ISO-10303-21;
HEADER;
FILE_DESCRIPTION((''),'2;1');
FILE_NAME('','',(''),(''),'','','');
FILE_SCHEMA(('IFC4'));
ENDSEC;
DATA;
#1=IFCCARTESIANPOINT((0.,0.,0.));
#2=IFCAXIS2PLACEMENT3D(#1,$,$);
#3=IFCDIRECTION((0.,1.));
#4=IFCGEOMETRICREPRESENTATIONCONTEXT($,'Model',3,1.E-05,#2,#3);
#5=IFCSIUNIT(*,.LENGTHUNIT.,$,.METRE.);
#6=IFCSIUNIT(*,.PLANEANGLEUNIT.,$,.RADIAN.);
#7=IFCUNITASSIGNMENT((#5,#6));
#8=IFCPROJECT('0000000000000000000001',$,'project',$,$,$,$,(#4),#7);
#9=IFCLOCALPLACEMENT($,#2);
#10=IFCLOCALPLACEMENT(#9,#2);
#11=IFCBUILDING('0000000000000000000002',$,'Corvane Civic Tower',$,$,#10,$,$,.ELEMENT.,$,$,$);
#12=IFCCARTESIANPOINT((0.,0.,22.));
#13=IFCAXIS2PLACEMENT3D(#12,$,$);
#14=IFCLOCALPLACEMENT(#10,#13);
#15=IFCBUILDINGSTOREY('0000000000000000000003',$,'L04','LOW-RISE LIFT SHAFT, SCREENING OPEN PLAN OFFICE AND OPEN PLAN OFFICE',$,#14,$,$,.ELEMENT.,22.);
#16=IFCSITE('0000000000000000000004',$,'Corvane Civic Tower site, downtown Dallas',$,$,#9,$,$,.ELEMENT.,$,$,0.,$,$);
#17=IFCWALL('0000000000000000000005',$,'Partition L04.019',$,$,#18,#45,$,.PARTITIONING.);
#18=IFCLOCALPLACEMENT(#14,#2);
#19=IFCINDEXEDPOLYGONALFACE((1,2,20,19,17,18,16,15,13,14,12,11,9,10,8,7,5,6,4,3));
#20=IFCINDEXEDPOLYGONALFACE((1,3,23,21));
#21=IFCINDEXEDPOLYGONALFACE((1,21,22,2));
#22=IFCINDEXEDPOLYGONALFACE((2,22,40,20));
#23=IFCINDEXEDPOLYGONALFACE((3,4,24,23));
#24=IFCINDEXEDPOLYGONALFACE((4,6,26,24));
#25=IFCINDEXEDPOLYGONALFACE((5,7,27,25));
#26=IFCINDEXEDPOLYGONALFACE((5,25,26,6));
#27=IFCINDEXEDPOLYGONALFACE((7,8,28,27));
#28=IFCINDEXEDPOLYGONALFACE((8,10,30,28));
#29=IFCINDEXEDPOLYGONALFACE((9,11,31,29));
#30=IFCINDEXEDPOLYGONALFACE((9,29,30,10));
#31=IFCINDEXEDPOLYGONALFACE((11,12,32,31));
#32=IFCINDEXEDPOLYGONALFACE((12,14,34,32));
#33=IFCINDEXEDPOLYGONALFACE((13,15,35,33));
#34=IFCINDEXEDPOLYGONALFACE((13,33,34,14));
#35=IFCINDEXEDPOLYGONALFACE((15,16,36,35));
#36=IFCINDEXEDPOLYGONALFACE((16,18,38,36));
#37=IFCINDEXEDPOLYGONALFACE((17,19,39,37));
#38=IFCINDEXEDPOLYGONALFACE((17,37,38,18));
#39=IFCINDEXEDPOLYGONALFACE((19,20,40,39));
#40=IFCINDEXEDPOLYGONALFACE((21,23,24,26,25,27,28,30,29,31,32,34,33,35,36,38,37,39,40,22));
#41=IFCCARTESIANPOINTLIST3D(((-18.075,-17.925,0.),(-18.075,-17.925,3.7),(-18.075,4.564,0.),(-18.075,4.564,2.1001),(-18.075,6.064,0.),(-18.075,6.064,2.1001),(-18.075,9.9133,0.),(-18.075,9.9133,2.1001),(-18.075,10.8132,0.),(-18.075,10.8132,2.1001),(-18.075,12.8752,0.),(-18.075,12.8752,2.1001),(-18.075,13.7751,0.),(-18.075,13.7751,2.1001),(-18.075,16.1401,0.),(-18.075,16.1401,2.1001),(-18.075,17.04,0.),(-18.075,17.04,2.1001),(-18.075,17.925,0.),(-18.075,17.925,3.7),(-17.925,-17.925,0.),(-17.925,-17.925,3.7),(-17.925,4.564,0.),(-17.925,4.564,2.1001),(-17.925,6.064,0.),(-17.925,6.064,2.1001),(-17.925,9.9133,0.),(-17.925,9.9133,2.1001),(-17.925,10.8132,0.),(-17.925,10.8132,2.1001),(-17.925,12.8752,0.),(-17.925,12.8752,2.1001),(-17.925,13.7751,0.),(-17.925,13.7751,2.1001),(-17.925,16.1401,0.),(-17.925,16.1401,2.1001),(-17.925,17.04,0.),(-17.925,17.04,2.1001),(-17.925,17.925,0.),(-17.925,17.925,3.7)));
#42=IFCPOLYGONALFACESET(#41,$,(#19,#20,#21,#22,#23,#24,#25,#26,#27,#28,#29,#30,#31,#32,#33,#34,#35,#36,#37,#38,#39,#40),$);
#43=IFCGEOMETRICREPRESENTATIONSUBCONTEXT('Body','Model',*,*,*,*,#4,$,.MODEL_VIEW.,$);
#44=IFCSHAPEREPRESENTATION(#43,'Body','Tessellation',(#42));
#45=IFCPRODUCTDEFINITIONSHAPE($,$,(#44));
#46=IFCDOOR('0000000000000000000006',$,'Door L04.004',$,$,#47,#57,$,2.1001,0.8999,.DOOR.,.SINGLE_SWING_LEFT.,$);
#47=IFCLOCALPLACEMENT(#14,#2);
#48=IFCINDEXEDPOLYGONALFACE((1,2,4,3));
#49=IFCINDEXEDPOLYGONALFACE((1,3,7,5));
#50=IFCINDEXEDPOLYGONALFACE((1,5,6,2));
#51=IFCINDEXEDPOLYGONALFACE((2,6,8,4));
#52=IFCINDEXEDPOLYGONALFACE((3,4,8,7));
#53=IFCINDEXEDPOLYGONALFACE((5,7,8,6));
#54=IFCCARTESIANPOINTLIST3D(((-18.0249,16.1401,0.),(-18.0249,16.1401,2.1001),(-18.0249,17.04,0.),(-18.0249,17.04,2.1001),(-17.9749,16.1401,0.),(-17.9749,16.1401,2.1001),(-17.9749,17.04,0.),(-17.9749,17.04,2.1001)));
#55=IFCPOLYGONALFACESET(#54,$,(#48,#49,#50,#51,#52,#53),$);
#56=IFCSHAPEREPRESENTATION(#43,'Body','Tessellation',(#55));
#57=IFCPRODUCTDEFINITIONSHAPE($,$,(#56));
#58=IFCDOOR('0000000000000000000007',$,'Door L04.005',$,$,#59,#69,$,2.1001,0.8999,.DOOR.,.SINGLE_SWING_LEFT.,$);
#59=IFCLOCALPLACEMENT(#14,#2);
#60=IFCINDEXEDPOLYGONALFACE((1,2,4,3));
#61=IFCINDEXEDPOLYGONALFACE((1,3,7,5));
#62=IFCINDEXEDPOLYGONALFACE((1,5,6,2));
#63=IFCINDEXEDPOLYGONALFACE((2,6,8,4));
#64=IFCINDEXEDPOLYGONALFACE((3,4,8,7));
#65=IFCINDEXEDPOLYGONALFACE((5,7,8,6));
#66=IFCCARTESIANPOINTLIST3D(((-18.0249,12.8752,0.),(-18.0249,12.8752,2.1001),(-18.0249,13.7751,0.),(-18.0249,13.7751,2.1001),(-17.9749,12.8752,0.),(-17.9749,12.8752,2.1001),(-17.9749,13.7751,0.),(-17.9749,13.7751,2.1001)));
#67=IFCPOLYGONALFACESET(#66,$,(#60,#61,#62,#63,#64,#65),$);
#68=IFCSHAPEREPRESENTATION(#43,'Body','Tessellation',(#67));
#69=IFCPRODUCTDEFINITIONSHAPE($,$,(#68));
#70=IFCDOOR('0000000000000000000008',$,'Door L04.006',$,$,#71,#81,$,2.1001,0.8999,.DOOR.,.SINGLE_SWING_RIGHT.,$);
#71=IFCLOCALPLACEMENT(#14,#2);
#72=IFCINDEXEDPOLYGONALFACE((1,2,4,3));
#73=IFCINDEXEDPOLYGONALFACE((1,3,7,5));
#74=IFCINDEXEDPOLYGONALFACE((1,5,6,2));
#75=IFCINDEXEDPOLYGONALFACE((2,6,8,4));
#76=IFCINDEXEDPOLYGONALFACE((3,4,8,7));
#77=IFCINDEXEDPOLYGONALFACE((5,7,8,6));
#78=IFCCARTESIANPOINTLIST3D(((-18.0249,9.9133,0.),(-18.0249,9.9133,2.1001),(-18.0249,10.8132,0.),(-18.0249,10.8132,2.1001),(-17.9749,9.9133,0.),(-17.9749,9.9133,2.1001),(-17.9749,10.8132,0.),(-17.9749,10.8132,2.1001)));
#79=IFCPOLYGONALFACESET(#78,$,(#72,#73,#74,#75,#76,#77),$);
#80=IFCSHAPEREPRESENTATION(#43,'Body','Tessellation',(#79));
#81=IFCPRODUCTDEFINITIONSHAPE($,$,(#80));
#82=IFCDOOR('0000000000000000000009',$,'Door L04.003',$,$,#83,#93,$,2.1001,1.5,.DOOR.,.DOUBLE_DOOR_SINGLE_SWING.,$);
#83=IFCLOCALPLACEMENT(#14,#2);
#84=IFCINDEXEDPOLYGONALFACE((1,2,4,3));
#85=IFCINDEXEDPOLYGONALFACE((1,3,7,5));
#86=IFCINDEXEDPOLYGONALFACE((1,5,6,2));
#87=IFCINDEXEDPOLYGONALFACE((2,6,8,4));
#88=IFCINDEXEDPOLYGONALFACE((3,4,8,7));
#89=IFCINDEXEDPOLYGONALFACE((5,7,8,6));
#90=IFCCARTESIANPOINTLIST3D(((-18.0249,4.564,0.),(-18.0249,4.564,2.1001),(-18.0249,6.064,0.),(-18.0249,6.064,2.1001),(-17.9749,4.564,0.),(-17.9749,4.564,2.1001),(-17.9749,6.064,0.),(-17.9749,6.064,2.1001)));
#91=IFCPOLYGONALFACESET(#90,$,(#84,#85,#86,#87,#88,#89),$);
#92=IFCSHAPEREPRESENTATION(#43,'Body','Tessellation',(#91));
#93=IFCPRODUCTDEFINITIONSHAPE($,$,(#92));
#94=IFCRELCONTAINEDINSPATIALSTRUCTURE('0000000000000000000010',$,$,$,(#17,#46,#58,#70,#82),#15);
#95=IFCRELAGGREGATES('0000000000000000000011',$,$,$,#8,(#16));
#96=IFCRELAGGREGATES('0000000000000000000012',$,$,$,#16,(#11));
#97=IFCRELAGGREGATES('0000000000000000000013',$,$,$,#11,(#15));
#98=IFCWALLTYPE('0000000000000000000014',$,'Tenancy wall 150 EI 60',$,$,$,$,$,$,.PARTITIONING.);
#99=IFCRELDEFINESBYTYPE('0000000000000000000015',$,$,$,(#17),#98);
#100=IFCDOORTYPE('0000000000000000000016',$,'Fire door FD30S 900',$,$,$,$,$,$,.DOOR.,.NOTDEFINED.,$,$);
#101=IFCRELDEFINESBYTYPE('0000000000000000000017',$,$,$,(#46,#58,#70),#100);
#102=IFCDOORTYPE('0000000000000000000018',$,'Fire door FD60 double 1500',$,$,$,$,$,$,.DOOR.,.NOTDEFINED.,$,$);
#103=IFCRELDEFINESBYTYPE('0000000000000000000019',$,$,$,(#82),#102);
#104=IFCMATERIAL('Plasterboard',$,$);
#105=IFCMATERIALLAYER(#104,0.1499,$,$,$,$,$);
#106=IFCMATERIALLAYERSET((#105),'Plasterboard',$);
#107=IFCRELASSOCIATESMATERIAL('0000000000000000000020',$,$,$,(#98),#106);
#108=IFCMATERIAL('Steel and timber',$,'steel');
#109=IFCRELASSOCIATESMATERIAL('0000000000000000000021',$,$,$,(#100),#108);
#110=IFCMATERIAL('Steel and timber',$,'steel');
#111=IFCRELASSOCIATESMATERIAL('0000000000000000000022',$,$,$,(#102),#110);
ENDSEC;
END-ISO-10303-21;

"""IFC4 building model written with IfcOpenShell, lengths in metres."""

from ifc_helpers import new_model, si_unit, direction, frame, frame_2d, origin, place, context, subcontext, project, spatial, rectangle, extrude, material, layer, layer_set, type_object, element, fill, save


model = new_model("IFC4")

# Units and contexts
model_context = context("Model", 3, precision=1e-05, world=origin(), true_north=direction((0.0, 1.0)))
body_context = subcontext(model_context, "Body", "Model", "MODEL_VIEW")
ifc_project = project(units=[si_unit("LENGTHUNIT", "METRE"), si_unit("PLANEANGLEUNIT", "RADIAN")], contexts=[model_context])

# Site, building, storey
site_placement = place(None, origin())
site = spatial("IfcSite", under=ifc_project, at=site_placement, Name="Corvane Civic Tower site, downtown Dallas", CompositionType="ELEMENT", RefElevation=0.0)
building_placement = place(site_placement, origin())
building = spatial("IfcBuilding", under=site, at=building_placement, Name="Corvane Civic Tower", CompositionType="ELEMENT")
storey_placement = place(building_placement, frame((0.0, 0.0, 22.0)))
storey = spatial("IfcBuildingStorey", under=building, at=storey_placement, Name="L04", Description="LOW-RISE LIFT SHAFT, SCREENING OPEN PLAN OFFICE AND OPEN PLAN OFFICE", CompositionType="ELEMENT", Elevation=22.0)

# Wall, openings, doors
ifc_material_1 = material(Name="Plasterboard")
ifc_layer_1 = layer(ifc_material_1, 0.1499)
ifc_layer_set_1 = layer_set([ifc_layer_1], Name="Plasterboard")
wall_type_1 = type_object("IfcWallType", Name="Tenancy wall 150 EI 60", PredefinedType="PARTITIONING", material=ifc_layer_set_1)
ifc_material_2 = material(Name="Steel and timber", Category="steel")
door_type_1 = type_object("IfcDoorType", Name="Fire door FD30S 900", OperationType="NOTDEFINED", PredefinedType="DOOR", material=ifc_material_2)
ifc_material_3 = material(Name="Steel and timber", Category="steel")
door_type_2 = type_object("IfcDoorType", Name="Fire door FD60 double 1500", OperationType="NOTDEFINED", PredefinedType="DOOR", material=ifc_material_3)
wall_1_placement = place(storey_placement, frame((-18.0, -17.925, 0.0), z_axis=(0.0, 0.0, 1.0), x_axis=(0.0, 1.0, 0.0)))
wall_1 = element("IfcWall", 1, at=wall_1_placement, inside=storey, type_object=wall_type_1, Name="Partition L04.019", PredefinedType="PARTITIONING", context=body_context, shape_type="SweptSolid", body=[
    extrude(rectangle(XDim=35.8501, YDim=0.1499, at=frame_2d((17.925, 0.0))), origin(), (0.0, 0.0, 1.0), 3.7),
])
opening_1_placement = place(wall_1_placement, frame((22.489, 0.0, 0.0)))
opening_1 = element("IfcOpeningElement", 2, at=opening_1_placement, cuts=wall_1, PredefinedType="OPENING", context=body_context, shape_type="SweptSolid", body=[
    extrude(rectangle(XDim=1.5, YDim=2.1001, at=frame_2d((0.75, 1.05))), frame((0.0, 0.085, 0.0), z_axis=(0.0, -1.0, 0.0), x_axis=(1.0, 0.0, 0.0)), (0.0, 0.0, 1.0), 0.1699),
])
opening_2_placement = place(wall_1_placement, frame((34.0652, 0.0, 0.0)))
opening_2 = element("IfcOpeningElement", 3, at=opening_2_placement, cuts=wall_1, PredefinedType="OPENING", context=body_context, shape_type="SweptSolid", body=[
    extrude(rectangle(XDim=0.8999, YDim=2.1001, at=frame_2d((0.45, 1.05))), frame((0.0, 0.085, 0.0), z_axis=(0.0, -1.0, 0.0), x_axis=(1.0, 0.0, 0.0)), (0.0, 0.0, 1.0), 0.1699),
])
opening_3_placement = place(wall_1_placement, frame((30.8003, 0.0, 0.0)))
opening_3 = element("IfcOpeningElement", 4, at=opening_3_placement, cuts=wall_1, PredefinedType="OPENING", context=body_context, shape_type="SweptSolid", body=[
    extrude(rectangle(XDim=0.8999, YDim=2.1001, at=frame_2d((0.45, 1.05))), frame((0.0, 0.085, 0.0), z_axis=(0.0, -1.0, 0.0), x_axis=(1.0, 0.0, 0.0)), (0.0, 0.0, 1.0), 0.1699),
])
opening_4_placement = place(wall_1_placement, frame((27.8384, 0.0, 0.0)))
opening_4 = element("IfcOpeningElement", 5, at=opening_4_placement, cuts=wall_1, PredefinedType="OPENING", context=body_context, shape_type="SweptSolid", body=[
    extrude(rectangle(XDim=0.8999, YDim=2.1001, at=frame_2d((0.45, 1.05))), frame((0.0, 0.085, 0.0), z_axis=(0.0, -1.0, 0.0), x_axis=(1.0, 0.0, 0.0)), (0.0, 0.0, 1.0), 0.1699),
])
door_1_placement = place(opening_2_placement, origin())
door_1 = element("IfcDoor", 6, at=door_1_placement, inside=storey, type_object=door_type_1, Name="Door L04.004", OperationType="SINGLE_SWING_LEFT", OverallHeight=2.1001, OverallWidth=0.8999, PredefinedType="DOOR", context=body_context, shape_type="SweptSolid", body=[
    extrude(rectangle(XDim=0.8999, YDim=2.1001, at=frame_2d((0.45, 1.05))), frame((0.0, 0.0249, 0.0), z_axis=(0.0, -1.0, 0.0), x_axis=(1.0, 0.0, 0.0)), (0.0, 0.0, 1.0), 0.05),
])
fill(opening_2, door_1)
door_2_placement = place(opening_3_placement, origin())
door_2 = element("IfcDoor", 7, at=door_2_placement, inside=storey, type_object=door_type_1, Name="Door L04.005", OperationType="SINGLE_SWING_LEFT", OverallHeight=2.1001, OverallWidth=0.8999, PredefinedType="DOOR", context=body_context, shape_type="SweptSolid", body=[
    extrude(rectangle(XDim=0.8999, YDim=2.1001, at=frame_2d((0.45, 1.05))), frame((0.0, 0.0249, 0.0), z_axis=(0.0, -1.0, 0.0), x_axis=(1.0, 0.0, 0.0)), (0.0, 0.0, 1.0), 0.05),
])
fill(opening_3, door_2)
door_3_placement = place(opening_4_placement, origin())
door_3 = element("IfcDoor", 8, at=door_3_placement, inside=storey, type_object=door_type_1, Name="Door L04.006", OperationType="SINGLE_SWING_RIGHT", OverallHeight=2.1001, OverallWidth=0.8999, PredefinedType="DOOR", context=body_context, shape_type="SweptSolid", body=[
    extrude(rectangle(XDim=0.8999, YDim=2.1001, at=frame_2d((0.45, 1.05))), frame((0.0, 0.0249, 0.0), z_axis=(0.0, -1.0, 0.0), x_axis=(1.0, 0.0, 0.0)), (0.0, 0.0, 1.0), 0.05),
])
fill(opening_4, door_3)
door_4_placement = place(opening_1_placement, origin())
door_4 = element("IfcDoor", 9, at=door_4_placement, inside=storey, type_object=door_type_2, Name="Door L04.003", OperationType="DOUBLE_DOOR_SINGLE_SWING", OverallHeight=2.1001, OverallWidth=1.5, PredefinedType="DOOR", context=body_context, shape_type="SweptSolid", body=[
    extrude(rectangle(XDim=1.5, YDim=2.1001, at=frame_2d((0.75, 1.05))), frame((0.0, 0.0249, 0.0), z_axis=(0.0, -1.0, 0.0), x_axis=(1.0, 0.0, 0.0)), (0.0, 0.0, 1.0), 0.05),
])
fill(opening_1, door_4)

save(model, "model.ifc")
